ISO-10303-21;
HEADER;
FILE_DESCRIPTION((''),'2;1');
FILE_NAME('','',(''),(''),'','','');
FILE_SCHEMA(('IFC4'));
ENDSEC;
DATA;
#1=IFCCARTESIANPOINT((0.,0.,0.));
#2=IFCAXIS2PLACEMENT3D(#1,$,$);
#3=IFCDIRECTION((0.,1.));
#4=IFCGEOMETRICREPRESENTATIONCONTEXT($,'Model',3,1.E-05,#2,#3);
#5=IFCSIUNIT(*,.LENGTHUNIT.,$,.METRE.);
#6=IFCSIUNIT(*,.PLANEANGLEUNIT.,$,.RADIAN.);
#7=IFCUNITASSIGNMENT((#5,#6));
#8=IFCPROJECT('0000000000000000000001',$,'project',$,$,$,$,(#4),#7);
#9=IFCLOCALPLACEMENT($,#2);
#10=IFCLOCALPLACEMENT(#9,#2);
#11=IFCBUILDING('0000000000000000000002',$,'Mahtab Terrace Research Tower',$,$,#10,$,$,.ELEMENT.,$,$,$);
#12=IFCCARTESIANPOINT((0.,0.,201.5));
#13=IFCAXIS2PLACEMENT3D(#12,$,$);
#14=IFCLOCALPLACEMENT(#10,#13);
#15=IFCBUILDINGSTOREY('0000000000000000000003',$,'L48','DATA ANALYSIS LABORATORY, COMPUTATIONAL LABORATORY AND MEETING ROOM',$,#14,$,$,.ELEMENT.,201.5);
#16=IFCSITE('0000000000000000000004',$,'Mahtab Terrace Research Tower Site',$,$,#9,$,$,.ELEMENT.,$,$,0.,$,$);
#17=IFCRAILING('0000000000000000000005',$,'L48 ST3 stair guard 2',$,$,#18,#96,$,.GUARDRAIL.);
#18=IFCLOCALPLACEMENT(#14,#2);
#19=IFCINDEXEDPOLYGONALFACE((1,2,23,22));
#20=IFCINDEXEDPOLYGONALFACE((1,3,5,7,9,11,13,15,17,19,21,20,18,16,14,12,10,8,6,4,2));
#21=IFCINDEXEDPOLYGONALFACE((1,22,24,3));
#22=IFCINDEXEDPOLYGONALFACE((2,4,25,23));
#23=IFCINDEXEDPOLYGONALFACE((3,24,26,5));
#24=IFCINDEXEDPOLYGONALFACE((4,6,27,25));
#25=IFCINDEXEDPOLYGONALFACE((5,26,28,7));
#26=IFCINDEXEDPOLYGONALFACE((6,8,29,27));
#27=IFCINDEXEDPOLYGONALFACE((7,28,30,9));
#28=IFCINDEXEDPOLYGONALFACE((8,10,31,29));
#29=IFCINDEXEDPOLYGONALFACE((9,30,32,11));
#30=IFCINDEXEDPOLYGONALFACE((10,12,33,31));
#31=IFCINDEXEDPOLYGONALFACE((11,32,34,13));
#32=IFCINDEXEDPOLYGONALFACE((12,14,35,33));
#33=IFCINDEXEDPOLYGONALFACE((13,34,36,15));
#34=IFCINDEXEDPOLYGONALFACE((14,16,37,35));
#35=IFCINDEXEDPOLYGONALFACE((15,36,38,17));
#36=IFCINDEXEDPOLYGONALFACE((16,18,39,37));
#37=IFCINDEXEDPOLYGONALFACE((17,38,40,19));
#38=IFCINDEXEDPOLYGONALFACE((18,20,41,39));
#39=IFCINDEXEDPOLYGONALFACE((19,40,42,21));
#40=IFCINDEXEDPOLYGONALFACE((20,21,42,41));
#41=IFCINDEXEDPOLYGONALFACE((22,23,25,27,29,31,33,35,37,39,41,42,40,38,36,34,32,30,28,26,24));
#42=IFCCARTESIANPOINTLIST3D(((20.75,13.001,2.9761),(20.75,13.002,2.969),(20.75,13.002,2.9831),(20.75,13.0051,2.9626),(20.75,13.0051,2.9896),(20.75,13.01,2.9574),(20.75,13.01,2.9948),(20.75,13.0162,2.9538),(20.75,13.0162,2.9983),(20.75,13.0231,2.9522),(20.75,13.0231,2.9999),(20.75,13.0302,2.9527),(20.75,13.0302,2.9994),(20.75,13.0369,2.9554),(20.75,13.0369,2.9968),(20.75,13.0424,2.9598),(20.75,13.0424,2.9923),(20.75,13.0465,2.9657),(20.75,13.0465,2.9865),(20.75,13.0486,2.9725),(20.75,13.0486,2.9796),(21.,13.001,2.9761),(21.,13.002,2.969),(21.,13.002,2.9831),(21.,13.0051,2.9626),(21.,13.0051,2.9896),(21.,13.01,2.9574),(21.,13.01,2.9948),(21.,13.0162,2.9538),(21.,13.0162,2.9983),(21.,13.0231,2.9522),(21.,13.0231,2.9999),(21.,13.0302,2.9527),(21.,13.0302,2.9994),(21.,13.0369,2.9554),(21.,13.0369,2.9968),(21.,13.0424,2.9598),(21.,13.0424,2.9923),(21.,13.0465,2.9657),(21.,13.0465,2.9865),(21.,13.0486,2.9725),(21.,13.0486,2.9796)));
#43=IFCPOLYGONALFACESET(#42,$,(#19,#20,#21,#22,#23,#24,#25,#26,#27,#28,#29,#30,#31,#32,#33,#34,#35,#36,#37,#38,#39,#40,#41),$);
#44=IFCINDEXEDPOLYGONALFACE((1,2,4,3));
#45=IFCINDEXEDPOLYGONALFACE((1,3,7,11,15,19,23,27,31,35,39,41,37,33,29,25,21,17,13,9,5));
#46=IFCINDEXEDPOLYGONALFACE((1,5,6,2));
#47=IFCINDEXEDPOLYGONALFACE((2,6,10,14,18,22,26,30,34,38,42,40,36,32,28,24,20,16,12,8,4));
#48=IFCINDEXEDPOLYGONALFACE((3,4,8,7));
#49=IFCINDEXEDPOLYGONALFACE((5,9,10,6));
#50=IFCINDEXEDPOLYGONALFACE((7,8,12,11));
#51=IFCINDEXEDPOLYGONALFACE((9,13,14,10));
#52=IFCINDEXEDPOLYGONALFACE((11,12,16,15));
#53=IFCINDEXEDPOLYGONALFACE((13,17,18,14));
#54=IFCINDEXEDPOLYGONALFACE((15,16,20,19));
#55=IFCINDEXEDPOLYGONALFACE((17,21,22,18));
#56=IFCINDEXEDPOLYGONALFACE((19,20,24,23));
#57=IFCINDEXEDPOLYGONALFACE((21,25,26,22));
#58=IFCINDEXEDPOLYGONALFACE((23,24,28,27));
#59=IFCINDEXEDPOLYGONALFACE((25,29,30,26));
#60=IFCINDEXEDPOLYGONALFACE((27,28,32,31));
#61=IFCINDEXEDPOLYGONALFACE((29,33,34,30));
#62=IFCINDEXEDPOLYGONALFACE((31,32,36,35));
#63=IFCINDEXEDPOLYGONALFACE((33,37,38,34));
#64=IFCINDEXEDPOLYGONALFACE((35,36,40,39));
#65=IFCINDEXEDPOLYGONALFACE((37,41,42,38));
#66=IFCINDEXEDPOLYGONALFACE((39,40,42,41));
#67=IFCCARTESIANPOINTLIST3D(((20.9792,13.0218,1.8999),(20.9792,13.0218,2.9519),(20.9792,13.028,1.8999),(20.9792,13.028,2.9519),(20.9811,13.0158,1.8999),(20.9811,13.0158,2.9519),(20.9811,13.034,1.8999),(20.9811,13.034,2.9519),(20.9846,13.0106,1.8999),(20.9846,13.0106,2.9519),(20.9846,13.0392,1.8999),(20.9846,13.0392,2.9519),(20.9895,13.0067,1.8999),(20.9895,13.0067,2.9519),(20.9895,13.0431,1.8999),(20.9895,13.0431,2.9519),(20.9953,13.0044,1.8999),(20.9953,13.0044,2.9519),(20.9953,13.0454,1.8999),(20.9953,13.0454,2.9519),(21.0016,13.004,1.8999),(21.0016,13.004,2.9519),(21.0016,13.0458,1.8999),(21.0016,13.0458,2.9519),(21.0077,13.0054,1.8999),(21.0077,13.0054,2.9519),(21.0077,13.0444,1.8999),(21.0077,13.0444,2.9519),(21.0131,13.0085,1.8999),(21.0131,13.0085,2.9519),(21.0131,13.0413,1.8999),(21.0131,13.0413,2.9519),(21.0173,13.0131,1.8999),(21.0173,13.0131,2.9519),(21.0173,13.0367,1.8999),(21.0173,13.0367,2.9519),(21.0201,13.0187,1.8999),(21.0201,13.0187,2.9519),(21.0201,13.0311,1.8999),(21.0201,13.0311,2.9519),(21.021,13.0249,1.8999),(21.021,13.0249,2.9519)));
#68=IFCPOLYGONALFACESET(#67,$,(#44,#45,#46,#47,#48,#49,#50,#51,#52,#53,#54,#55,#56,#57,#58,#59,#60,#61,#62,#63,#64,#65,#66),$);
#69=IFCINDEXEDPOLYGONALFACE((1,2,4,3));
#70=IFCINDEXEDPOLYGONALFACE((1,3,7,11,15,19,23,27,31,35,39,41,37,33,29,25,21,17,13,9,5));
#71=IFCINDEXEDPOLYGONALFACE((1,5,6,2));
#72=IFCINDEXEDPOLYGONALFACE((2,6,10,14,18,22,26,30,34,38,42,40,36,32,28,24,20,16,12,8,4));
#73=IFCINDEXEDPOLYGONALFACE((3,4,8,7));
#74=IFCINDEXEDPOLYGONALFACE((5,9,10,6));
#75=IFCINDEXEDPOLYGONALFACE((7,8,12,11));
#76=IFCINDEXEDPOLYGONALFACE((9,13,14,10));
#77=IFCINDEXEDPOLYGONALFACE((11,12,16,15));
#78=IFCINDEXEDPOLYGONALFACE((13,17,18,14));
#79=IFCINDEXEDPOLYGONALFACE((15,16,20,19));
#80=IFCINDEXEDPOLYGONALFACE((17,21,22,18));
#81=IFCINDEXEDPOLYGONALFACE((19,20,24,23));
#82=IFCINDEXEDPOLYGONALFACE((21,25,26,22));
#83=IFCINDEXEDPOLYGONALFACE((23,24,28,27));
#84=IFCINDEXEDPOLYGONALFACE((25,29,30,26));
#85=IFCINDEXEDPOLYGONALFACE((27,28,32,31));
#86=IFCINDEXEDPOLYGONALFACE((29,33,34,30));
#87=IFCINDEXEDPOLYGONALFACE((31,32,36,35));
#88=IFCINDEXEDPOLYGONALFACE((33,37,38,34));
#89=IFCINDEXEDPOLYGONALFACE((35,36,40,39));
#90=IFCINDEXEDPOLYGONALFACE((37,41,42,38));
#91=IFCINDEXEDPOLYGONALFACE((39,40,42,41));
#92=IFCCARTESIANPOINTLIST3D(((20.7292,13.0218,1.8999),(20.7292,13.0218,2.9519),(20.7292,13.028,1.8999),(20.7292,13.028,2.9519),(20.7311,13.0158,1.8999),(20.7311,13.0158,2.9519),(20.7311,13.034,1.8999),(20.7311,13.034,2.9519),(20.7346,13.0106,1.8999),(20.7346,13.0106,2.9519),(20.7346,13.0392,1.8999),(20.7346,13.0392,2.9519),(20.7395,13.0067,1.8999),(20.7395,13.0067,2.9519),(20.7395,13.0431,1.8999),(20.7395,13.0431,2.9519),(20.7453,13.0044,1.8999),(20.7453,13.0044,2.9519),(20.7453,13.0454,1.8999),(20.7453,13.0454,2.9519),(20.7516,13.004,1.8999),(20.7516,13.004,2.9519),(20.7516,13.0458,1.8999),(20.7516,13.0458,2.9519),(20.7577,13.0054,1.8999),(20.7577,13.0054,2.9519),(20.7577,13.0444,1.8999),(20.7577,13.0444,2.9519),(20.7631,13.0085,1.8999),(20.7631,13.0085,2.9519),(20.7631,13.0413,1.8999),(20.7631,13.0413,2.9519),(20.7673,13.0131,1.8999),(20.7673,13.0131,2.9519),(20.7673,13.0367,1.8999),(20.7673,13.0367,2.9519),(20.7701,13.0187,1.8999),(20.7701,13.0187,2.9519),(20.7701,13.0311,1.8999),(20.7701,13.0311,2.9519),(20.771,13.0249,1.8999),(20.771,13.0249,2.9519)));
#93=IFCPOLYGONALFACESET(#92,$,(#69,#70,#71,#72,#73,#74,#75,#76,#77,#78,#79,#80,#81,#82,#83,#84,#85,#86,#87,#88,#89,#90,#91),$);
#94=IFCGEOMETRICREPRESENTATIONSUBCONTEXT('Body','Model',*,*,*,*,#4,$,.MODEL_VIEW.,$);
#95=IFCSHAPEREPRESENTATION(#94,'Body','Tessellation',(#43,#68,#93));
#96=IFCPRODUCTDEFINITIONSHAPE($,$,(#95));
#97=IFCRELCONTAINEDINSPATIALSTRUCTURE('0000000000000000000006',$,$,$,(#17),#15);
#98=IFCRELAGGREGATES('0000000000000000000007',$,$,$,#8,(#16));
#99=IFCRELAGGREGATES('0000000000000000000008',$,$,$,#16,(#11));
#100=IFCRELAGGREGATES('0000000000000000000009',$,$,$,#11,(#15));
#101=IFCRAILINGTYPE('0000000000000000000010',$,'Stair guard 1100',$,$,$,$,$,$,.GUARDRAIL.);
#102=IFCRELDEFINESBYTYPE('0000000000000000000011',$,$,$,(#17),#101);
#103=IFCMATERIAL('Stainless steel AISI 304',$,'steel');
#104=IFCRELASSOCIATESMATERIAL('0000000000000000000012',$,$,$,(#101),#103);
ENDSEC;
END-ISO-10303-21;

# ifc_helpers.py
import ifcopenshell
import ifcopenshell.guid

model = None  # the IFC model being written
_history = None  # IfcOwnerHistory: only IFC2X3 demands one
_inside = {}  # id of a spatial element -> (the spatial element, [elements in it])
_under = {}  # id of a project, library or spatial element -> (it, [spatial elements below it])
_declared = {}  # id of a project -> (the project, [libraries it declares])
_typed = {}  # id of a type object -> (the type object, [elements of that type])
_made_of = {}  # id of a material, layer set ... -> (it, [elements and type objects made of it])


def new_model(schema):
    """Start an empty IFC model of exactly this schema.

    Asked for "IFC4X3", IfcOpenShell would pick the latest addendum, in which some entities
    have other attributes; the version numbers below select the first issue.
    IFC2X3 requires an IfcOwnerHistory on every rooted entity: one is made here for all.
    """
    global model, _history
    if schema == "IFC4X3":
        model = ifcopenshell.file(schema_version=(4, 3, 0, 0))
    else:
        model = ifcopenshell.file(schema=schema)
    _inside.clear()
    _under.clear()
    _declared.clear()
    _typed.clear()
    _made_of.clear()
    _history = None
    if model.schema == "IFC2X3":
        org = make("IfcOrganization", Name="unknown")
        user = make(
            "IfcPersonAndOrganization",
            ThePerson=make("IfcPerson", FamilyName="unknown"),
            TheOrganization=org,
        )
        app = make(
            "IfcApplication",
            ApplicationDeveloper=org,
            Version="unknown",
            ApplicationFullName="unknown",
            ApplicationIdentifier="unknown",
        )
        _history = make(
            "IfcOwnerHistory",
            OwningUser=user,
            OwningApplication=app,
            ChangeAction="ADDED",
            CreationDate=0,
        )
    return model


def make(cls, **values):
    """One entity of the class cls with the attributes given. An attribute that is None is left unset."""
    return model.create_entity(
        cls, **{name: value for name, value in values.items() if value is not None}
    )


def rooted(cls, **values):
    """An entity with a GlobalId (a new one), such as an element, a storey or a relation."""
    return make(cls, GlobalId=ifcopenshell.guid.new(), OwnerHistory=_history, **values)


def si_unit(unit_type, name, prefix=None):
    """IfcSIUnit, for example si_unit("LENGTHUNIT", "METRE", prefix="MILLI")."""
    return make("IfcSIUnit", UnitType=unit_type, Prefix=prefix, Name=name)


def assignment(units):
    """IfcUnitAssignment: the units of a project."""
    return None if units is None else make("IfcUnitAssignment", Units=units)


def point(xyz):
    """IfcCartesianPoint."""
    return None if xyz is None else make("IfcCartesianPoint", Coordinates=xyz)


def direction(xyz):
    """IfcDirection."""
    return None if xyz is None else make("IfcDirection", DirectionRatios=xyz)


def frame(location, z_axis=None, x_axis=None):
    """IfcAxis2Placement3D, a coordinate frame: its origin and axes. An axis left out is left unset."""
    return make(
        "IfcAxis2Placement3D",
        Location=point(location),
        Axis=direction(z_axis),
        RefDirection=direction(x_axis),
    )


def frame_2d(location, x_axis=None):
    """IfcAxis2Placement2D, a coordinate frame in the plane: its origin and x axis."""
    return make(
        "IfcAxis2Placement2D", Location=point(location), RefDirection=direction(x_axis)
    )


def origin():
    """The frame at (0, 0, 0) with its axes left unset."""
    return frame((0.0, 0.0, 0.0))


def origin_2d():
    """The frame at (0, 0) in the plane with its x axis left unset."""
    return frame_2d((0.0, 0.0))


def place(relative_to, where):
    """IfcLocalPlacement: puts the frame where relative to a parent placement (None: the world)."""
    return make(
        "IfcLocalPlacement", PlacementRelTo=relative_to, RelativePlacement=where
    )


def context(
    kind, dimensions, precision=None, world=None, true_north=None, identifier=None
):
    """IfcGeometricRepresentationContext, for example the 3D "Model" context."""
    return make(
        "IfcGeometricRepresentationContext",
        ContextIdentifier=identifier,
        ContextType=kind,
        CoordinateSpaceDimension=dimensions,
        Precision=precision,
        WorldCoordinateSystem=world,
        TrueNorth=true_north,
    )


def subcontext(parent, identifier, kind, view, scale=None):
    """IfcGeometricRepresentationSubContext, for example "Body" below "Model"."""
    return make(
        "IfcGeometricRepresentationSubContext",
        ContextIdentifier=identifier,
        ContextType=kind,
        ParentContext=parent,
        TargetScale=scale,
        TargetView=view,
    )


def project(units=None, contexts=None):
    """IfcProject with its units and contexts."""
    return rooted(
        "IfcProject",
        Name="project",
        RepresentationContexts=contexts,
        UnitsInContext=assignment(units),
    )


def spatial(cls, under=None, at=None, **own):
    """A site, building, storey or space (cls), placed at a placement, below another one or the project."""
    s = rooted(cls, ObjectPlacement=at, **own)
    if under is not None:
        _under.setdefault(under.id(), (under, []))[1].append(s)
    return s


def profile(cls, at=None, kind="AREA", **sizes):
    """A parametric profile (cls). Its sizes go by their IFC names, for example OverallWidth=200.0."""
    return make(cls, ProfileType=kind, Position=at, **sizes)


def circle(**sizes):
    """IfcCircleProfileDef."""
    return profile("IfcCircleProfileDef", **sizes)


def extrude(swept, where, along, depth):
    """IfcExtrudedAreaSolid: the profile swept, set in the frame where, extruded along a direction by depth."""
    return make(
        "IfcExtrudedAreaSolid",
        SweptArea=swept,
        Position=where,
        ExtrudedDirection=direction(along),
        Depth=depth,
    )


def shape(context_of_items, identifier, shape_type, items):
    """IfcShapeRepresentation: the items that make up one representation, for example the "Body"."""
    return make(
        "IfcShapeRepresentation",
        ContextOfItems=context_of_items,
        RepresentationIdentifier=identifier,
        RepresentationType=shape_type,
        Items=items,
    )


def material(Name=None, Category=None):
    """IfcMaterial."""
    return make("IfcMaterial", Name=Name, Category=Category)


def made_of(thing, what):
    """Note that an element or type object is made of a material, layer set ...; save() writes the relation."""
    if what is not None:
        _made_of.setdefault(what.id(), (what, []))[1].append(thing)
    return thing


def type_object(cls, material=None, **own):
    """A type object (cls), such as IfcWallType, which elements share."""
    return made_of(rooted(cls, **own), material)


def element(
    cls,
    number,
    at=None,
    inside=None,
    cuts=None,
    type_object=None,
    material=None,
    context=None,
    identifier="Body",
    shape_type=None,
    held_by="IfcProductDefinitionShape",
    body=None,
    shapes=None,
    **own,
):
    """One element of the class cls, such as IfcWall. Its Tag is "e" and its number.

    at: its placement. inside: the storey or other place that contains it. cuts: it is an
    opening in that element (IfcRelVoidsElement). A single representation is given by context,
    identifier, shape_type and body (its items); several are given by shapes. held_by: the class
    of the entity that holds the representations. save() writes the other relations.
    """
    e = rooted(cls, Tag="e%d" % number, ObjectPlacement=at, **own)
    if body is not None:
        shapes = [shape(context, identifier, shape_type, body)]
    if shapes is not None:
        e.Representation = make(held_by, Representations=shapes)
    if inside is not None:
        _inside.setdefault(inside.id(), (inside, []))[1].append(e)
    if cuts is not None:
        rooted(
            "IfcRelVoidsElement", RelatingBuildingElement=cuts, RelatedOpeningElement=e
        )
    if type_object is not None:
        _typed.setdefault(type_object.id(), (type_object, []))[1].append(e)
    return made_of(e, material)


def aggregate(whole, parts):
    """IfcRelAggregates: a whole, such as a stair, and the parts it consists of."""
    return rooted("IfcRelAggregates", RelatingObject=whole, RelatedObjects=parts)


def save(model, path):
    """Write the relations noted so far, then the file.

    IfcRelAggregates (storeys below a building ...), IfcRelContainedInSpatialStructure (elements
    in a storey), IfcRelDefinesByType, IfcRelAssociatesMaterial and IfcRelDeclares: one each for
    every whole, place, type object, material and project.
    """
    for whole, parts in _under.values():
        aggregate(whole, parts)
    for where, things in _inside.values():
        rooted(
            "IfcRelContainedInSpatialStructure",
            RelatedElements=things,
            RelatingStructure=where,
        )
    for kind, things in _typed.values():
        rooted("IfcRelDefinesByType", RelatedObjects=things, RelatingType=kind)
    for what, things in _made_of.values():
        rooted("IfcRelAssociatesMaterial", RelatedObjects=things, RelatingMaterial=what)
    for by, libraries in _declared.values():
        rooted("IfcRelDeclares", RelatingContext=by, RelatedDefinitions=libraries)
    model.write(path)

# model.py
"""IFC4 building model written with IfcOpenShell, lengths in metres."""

from ifc_helpers import new_model, si_unit, direction, frame, origin, origin_2d, place, context, subcontext, project, spatial, circle, extrude, material, type_object, element, save


model = new_model("IFC4")

# Units and contexts
model_context = context("Model", 3, precision=1e-05, world=origin(), true_north=direction((0.0, 1.0)))
body_context = subcontext(model_context, "Body", "Model", "MODEL_VIEW")
ifc_project = project(units=[si_unit("LENGTHUNIT", "METRE"), si_unit("PLANEANGLEUNIT", "RADIAN")], contexts=[model_context])

# Site, building, storey
site_placement = place(None, origin())
site = spatial("IfcSite", under=ifc_project, at=site_placement, Name="Mahtab Terrace Research Tower Site", CompositionType="ELEMENT", RefElevation=0.0)
building_placement = place(site_placement, origin())
building = spatial("IfcBuilding", under=site, at=building_placement, Name="Mahtab Terrace Research Tower", CompositionType="ELEMENT")
storey_placement = place(building_placement, frame((0.0, 0.0, 201.5)))
storey = spatial("IfcBuildingStorey", under=building, at=storey_placement, Name="L48", Description="DATA ANALYSIS LABORATORY, COMPUTATIONAL LABORATORY AND MEETING ROOM", CompositionType="ELEMENT", Elevation=201.5)

# Railing
ifc_material_1 = material(Name="Stainless steel AISI 304", Category="steel")
railing_type_1 = type_object("IfcRailingType", Name="Stair guard 1100", PredefinedType="GUARDRAIL", material=ifc_material_1)
railing_1_placement = place(storey_placement, frame((21.0, 13.0249, 1.8999)))
element("IfcRailing", 1, at=railing_1_placement, inside=storey, type_object=railing_type_1, Name="L48 ST3 stair guard 2", PredefinedType="GUARDRAIL", context=body_context, shape_type="SweptSolid", body=[
    extrude(circle(Radius=0.0239, at=origin_2d()), frame((0.0, 0.0, 1.0762), z_axis=(-1.0, 0.0, 0.0), x_axis=(0.0, -1.0, 0.0)), (0.0, 0.0, 1.0), 0.25),
    extrude(circle(Radius=0.021, at=origin_2d()), origin(), (0.0, 0.0, 1.0), 1.052),
    extrude(circle(Radius=0.021, at=origin_2d()), frame((-0.25, 0.0, 0.0)), (0.0, 0.0, 1.0), 1.052),
])

save(model, "model.ifc")
